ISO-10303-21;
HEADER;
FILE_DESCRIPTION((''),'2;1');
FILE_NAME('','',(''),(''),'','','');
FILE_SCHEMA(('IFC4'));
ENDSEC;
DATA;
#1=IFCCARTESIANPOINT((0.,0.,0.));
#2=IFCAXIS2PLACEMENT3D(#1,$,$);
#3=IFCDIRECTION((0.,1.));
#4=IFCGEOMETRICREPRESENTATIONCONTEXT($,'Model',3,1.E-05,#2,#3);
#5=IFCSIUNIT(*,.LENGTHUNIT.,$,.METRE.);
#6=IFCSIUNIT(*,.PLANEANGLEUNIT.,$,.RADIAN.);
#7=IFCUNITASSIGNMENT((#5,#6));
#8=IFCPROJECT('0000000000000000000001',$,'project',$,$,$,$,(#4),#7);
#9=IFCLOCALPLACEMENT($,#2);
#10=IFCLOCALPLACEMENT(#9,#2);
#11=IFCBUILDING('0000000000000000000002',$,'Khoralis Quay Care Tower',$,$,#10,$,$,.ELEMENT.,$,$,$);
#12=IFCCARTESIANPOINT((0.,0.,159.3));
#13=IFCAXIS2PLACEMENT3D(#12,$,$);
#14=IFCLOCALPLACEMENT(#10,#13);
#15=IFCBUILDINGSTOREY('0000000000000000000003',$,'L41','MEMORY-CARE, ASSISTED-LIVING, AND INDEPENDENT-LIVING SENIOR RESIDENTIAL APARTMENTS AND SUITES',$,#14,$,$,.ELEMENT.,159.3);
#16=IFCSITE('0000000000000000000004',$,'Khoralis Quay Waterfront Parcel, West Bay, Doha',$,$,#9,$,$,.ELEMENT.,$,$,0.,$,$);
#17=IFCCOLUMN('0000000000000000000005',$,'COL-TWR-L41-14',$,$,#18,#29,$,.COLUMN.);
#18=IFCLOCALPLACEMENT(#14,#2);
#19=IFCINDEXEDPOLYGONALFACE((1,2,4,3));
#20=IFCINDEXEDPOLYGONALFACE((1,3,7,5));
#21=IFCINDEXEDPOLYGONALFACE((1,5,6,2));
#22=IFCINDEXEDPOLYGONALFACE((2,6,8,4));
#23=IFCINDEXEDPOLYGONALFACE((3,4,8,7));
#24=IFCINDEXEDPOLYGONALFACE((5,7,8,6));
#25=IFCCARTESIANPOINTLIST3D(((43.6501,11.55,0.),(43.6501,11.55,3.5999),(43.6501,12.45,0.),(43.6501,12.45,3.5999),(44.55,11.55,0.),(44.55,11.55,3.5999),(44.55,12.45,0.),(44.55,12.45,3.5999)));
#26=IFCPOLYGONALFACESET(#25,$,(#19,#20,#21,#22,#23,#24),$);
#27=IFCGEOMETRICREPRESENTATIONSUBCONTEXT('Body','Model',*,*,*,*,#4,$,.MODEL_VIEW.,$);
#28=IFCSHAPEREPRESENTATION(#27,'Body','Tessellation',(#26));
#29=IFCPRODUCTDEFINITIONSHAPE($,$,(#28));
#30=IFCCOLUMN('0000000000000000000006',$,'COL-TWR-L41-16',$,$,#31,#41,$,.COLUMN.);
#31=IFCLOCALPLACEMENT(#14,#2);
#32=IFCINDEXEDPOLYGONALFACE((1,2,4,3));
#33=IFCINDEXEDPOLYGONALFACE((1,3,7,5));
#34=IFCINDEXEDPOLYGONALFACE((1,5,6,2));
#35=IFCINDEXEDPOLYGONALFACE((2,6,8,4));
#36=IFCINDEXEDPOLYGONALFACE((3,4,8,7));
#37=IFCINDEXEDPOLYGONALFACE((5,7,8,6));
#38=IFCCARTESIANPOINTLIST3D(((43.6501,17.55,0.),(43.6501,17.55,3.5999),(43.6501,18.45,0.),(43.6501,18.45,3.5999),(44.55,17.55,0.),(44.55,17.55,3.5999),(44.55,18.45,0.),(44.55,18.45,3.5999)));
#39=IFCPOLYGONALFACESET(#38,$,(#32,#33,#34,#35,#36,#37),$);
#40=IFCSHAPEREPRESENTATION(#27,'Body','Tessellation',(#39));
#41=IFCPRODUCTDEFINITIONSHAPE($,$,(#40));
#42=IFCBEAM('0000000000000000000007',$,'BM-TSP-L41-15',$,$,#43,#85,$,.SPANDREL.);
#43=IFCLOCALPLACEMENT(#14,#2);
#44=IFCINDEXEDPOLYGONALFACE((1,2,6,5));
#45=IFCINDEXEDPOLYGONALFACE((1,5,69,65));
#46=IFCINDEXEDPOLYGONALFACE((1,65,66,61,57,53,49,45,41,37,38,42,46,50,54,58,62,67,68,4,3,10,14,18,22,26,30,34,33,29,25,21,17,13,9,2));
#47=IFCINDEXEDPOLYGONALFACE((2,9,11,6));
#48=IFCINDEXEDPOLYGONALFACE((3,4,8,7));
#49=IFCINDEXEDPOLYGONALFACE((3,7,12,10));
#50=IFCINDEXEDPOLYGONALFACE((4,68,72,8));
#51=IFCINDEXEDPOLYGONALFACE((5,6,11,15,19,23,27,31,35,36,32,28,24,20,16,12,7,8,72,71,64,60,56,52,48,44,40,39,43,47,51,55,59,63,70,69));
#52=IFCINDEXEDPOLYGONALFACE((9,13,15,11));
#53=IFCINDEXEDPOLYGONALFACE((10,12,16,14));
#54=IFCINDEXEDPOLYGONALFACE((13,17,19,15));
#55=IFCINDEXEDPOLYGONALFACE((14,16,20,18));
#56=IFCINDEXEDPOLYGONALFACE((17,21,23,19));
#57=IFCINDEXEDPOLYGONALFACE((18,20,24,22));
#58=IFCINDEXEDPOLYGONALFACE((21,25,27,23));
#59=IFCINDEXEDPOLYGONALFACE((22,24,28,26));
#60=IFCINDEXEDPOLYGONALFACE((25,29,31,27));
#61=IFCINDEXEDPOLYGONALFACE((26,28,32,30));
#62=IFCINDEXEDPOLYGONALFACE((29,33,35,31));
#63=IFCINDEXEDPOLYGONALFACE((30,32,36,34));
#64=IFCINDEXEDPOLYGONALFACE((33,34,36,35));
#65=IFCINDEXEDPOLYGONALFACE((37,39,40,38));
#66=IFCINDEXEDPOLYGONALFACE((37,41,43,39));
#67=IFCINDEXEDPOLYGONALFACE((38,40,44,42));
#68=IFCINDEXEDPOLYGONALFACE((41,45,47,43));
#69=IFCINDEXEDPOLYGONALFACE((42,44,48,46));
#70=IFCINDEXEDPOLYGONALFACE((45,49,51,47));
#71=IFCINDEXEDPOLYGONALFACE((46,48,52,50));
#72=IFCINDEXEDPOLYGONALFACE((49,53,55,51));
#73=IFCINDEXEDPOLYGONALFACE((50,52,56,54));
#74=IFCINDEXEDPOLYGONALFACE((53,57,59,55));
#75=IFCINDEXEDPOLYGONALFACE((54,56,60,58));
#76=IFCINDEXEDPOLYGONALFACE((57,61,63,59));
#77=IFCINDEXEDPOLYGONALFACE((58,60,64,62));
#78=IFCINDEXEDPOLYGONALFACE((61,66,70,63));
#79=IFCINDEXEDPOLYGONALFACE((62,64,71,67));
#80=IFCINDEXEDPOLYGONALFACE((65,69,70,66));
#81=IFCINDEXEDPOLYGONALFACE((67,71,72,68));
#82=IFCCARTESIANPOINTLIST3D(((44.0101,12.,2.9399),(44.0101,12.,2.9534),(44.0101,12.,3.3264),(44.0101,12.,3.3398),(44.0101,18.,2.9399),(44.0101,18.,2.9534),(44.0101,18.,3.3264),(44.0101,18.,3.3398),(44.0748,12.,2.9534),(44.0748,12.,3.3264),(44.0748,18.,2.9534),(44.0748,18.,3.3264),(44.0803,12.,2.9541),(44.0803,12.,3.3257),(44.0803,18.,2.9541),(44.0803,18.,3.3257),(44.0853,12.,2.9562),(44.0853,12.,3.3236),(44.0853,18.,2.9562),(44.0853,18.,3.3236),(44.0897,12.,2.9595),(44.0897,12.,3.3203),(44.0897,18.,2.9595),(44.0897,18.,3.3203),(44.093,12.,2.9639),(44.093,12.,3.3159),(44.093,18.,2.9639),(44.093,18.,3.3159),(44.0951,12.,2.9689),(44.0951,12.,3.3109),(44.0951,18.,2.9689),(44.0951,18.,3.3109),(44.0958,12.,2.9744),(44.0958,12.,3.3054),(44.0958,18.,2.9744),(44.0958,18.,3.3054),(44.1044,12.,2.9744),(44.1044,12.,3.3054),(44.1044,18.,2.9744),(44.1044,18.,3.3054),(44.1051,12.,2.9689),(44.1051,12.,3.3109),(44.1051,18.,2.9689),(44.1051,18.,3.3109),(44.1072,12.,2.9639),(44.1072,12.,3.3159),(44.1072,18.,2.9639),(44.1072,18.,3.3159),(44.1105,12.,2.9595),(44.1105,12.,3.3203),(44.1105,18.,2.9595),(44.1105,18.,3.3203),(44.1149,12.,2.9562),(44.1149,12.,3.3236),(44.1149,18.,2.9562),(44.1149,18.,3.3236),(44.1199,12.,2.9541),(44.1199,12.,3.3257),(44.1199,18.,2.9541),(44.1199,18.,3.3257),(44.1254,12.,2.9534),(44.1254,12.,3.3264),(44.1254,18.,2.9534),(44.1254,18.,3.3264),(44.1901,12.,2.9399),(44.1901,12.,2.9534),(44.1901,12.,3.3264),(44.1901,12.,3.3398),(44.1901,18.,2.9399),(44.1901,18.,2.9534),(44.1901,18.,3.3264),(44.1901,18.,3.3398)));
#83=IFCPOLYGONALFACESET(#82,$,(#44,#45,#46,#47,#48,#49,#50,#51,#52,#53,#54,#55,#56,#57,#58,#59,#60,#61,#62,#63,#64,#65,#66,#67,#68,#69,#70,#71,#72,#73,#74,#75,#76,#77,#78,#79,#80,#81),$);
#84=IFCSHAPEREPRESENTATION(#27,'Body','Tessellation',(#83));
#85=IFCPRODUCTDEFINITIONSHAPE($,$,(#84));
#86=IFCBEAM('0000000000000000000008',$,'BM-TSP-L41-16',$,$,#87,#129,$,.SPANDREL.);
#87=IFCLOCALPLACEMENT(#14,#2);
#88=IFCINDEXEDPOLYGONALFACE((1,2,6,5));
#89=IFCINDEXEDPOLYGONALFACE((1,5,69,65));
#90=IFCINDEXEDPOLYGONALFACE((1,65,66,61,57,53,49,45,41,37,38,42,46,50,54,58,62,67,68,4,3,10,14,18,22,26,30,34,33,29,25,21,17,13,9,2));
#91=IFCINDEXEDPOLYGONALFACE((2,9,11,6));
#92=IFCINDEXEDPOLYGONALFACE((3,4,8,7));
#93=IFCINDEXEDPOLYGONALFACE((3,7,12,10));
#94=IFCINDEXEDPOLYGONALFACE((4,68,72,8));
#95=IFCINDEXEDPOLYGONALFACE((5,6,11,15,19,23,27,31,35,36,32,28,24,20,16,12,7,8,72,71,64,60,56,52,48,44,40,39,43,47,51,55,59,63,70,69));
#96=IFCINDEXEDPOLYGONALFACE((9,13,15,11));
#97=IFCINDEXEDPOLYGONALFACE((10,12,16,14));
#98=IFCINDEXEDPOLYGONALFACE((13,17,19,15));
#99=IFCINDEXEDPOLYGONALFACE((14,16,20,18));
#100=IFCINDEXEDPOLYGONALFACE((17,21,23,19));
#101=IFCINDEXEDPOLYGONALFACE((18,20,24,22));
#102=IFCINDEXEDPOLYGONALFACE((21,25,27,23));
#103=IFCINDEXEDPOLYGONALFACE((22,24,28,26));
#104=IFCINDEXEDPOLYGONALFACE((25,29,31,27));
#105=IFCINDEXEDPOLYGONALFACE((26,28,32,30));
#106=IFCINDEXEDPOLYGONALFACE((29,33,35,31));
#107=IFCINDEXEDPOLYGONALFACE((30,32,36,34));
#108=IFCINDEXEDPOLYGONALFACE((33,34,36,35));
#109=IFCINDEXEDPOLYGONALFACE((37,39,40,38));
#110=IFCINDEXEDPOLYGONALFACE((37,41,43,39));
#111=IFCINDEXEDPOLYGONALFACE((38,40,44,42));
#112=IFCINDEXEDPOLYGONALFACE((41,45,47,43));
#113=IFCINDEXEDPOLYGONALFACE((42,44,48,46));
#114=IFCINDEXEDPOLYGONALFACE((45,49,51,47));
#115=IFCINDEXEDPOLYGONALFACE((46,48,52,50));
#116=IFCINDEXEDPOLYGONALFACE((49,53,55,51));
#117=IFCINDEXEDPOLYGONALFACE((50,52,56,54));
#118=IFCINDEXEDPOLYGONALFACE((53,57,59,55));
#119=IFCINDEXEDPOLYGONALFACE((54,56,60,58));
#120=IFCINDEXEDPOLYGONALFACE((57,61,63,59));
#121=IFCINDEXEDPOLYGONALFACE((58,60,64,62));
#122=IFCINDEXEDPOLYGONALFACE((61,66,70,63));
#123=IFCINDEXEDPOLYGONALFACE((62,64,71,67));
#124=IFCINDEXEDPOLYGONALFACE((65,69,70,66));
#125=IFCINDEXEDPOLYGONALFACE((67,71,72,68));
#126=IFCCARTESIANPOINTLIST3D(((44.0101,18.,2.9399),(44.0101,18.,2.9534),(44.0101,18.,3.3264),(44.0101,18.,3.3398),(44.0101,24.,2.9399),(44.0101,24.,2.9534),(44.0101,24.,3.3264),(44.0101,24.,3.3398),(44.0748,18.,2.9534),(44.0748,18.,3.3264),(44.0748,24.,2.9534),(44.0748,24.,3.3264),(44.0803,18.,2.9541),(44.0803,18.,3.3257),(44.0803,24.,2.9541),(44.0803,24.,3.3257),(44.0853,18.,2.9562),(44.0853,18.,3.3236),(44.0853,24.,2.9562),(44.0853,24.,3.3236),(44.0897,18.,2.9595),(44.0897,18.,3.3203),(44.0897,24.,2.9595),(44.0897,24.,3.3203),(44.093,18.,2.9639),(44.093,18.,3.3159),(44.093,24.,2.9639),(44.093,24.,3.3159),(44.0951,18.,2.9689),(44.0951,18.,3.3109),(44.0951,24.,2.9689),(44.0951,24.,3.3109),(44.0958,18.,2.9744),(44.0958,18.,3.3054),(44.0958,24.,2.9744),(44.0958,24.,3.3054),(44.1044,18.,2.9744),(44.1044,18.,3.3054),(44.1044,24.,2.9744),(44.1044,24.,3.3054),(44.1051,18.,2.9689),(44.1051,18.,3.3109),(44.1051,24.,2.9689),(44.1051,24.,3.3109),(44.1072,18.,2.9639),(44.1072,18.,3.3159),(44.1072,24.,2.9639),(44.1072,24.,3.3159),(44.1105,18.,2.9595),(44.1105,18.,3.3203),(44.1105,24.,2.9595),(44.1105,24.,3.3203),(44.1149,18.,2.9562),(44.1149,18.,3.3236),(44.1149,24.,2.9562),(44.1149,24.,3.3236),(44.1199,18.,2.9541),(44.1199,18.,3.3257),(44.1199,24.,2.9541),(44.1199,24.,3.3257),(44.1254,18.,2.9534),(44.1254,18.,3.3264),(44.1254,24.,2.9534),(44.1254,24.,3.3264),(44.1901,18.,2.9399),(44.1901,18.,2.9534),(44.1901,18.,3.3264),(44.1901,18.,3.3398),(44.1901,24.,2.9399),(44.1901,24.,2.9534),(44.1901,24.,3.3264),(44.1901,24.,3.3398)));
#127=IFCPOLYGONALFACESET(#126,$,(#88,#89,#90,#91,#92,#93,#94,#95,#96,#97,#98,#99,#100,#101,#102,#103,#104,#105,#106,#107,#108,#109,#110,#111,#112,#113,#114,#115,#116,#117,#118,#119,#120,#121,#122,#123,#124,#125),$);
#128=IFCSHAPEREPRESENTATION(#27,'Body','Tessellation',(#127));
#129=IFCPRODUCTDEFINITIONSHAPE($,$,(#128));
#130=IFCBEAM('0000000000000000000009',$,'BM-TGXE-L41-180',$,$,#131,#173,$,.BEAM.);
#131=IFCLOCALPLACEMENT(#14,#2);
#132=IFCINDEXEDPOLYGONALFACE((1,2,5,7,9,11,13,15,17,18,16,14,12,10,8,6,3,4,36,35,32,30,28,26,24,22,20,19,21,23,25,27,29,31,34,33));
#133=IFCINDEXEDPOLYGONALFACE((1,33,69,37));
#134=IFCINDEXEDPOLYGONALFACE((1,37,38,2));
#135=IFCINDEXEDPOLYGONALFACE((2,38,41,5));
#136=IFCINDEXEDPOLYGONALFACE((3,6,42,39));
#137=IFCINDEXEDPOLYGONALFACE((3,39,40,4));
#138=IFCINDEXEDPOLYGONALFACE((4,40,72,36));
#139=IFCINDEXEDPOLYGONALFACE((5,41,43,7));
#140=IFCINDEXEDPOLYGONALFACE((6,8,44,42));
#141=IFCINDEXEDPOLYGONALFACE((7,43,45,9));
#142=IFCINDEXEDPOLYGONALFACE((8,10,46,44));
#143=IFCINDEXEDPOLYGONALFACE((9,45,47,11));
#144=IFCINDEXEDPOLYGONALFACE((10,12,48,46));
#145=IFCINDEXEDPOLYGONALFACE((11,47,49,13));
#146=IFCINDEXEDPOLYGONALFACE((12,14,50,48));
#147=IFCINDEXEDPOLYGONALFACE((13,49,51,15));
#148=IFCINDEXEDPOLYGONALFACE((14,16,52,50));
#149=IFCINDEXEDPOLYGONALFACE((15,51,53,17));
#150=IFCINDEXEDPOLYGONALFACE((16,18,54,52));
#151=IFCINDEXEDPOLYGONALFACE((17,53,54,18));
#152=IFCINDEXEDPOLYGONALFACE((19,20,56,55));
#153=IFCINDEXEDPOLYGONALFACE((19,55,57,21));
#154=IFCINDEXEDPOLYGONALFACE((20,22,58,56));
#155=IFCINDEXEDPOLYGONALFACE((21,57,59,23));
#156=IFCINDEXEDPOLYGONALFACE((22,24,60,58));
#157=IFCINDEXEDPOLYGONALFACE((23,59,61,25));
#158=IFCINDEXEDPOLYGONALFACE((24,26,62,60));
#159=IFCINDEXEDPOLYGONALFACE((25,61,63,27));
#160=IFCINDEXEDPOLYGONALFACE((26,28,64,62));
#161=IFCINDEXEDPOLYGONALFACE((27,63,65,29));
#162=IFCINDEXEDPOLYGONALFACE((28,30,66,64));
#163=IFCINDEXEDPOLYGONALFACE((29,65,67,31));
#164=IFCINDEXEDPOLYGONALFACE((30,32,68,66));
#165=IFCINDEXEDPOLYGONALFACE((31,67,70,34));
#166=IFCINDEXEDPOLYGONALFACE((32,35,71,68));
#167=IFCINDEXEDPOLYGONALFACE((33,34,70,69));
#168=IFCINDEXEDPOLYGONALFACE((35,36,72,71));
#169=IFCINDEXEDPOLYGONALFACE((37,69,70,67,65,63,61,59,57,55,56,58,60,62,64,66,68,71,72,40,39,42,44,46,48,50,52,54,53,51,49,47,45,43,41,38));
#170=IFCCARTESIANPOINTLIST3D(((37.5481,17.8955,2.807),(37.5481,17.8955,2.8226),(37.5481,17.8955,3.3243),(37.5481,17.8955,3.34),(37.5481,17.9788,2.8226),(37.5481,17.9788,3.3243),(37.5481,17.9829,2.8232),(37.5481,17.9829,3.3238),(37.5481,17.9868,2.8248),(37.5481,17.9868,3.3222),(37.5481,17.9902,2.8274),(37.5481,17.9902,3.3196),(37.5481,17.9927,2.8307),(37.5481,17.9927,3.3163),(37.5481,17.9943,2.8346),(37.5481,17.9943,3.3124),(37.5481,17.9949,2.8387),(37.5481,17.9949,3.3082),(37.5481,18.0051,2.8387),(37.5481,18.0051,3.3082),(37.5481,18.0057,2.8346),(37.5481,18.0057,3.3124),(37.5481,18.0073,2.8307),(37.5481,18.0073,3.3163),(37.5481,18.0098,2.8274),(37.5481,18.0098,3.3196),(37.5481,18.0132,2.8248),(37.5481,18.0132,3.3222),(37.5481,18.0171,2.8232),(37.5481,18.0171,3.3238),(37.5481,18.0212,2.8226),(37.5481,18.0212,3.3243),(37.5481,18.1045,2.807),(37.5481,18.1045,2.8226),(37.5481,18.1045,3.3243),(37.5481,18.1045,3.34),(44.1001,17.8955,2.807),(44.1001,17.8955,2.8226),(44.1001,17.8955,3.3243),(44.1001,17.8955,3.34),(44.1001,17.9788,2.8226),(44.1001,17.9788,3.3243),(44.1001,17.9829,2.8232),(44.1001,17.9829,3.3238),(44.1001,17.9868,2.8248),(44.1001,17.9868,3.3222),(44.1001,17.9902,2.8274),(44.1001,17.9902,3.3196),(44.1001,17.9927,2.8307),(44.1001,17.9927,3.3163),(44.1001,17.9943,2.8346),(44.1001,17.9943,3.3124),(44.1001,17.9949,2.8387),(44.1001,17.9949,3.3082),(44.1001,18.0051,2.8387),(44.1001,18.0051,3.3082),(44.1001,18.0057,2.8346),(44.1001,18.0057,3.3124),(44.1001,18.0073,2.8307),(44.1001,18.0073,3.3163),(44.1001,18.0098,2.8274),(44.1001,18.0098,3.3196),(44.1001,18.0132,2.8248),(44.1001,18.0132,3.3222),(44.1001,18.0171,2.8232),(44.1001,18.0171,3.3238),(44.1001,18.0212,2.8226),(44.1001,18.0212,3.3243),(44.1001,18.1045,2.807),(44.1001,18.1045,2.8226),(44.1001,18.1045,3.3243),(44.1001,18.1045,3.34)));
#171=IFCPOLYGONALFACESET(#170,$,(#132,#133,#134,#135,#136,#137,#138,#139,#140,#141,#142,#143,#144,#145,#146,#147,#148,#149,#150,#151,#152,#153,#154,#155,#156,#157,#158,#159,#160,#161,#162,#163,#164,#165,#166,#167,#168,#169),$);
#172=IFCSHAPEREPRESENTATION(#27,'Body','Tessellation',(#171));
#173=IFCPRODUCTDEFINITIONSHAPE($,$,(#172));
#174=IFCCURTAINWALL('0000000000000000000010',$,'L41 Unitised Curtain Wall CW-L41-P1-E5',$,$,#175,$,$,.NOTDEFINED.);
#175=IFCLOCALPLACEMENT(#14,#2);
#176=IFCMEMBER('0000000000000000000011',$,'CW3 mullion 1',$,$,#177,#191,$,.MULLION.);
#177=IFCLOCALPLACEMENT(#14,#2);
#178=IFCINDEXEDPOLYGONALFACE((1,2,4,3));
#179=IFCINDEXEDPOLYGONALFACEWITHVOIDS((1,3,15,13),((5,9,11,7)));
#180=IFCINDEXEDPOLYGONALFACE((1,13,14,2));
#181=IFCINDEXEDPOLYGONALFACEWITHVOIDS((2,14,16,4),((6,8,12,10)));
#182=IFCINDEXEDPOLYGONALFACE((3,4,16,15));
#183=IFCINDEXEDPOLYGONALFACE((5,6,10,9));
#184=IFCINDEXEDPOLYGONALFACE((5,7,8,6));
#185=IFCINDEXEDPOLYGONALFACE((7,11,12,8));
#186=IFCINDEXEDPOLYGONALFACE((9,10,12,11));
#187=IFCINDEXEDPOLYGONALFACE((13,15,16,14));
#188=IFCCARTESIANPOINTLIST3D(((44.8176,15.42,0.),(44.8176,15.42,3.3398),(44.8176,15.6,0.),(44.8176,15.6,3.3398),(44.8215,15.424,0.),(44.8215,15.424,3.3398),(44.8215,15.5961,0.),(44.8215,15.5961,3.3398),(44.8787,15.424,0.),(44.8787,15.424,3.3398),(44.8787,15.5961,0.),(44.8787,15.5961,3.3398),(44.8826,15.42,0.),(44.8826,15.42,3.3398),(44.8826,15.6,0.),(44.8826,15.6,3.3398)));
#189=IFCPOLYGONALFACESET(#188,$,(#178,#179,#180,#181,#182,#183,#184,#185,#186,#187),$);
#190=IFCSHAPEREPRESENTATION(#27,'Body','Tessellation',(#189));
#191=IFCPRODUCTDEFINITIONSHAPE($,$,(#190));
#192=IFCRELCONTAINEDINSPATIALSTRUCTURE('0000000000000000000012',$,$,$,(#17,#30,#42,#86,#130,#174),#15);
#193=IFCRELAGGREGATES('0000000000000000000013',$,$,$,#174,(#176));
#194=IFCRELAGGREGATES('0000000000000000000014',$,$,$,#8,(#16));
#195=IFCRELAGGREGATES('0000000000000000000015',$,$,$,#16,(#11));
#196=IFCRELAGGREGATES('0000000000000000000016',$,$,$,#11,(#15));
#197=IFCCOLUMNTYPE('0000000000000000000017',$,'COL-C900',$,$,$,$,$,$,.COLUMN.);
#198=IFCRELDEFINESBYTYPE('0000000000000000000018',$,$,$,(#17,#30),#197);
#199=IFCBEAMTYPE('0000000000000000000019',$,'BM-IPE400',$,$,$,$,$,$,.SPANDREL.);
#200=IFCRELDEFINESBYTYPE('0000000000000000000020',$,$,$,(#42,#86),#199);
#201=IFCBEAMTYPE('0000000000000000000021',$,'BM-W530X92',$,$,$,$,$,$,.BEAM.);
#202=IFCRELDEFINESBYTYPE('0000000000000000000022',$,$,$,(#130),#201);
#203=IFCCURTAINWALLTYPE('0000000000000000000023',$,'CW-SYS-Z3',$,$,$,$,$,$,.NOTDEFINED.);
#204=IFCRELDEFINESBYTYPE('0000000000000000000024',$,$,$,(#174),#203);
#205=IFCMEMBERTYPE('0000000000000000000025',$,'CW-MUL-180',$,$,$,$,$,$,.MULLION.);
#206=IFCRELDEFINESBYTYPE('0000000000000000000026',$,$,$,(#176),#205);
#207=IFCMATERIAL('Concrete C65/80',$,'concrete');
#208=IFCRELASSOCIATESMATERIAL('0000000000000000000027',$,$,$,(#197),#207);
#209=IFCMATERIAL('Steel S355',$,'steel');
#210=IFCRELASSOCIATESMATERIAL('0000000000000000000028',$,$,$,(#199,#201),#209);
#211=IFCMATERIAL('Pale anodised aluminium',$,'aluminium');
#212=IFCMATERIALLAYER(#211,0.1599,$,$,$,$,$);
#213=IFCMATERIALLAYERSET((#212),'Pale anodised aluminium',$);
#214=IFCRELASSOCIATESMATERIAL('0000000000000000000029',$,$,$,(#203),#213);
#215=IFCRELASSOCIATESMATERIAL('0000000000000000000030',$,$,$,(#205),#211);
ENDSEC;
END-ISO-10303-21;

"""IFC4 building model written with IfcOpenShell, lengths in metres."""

from ifc_helpers import new_model, si_unit, direction, frame, origin, origin_2d, place, context, subcontext, project, spatial, rectangle, hollow_rectangle, i_section, extrude, source, transform, mapped, material, layer, layer_set, material_profile, profile_set, type_object, element, aggregate, save


model = new_model("IFC4")

# Units and contexts
model_context = context("Model", 3, precision=1e-05, world=origin(), true_north=direction((0.0, 1.0)))
body_context = subcontext(model_context, "Body", "Model", "MODEL_VIEW")
ifc_project = project(units=[si_unit("LENGTHUNIT", "METRE"), si_unit("PLANEANGLEUNIT", "RADIAN")], contexts=[model_context])

# Site, building, storey
site_placement = place(None, origin())
site = spatial("IfcSite", under=ifc_project, at=site_placement, Name="Khoralis Quay Waterfront Parcel, West Bay, Doha", CompositionType="ELEMENT", RefElevation=0.0)
building_placement = place(site_placement, origin())
building = spatial("IfcBuilding", under=site, at=building_placement, Name="Khoralis Quay Care Tower", CompositionType="ELEMENT")
storey_placement = place(building_placement, frame((0.0, 0.0, 159.3)))
storey = spatial("IfcBuildingStorey", under=building, at=storey_placement, Name="L41", Description="MEMORY-CARE, ASSISTED-LIVING, AND INDEPENDENT-LIVING SENIOR RESIDENTIAL APARTMENTS AND SUITES", CompositionType="ELEMENT", Elevation=159.3)

# Columns
ifc_material_1 = material(Name="Concrete C65/80", Category="concrete")
ifc_material_profile_1 = material_profile(ifc_material_1, rectangle(XDim=0.8999, YDim=0.8999, at=origin_2d()), Name="Concrete C65/80")
ifc_profile_set_1 = profile_set([ifc_material_profile_1], Name="Concrete C65/80")
column_type = type_object("IfcColumnType", Name="COL-C900", PredefinedType="COLUMN", material=ifc_profile_set_1)
shared_shape_1 = source(origin(), body_context, "Body", "SweptSolid", [
    extrude(rectangle(XDim=0.8999, YDim=0.8999, at=origin_2d()), origin(), (0.0, 0.0, 1.0), 3.5999),
])
for number, where, z_axis, x_axis, name in (
    (1, (44.1001, 12.0, 0.0), (0.0, 0.0, 1.0), (1.0, 0.0, 0.0), "COL-TWR-L41-14"),
    (2, (44.1001, 18.0, 0.0), (0.0, 0.0, 1.0), (1.0, 0.0, 0.0), "COL-TWR-L41-16"),
):
    element("IfcColumn", number, at=place(storey_placement, frame(where, z_axis=z_axis, x_axis=x_axis)), inside=storey, type_object=column_type, Name=name, PredefinedType="COLUMN", context=body_context, shape_type="MappedRepresentation", body=[
        mapped(shared_shape_1, transform((0.0, 0.0, 0.0), scale=1.0)),
    ])

# Beams
ifc_material_2 = material(Name="Steel S355", Category="steel")
ifc_material_profile_2 = material_profile(ifc_material_2, i_section(OverallWidth=0.1799, OverallDepth=0.3999, WebThickness=0.0085, FlangeThickness=0.0134, FilletRadius=0.021, at=origin_2d()), Name="Steel S355")
ifc_profile_set_2 = profile_set([ifc_material_profile_2], Name="Steel S355")
beam_type_1 = type_object("IfcBeamType", Name="BM-IPE400", PredefinedType="SPANDREL", material=ifc_profile_set_2)
shared_shape_2 = source(origin(), body_context, "Body", "SweptSolid", [
    extrude(i_section(OverallWidth=0.1799, OverallDepth=0.3999, WebThickness=0.0085, FlangeThickness=0.0134, FilletRadius=0.021, at=origin_2d()), origin(), (0.0, 0.0, 1.0), 6.0),
])
for number, where, z_axis, x_axis, name in (
    (3, (44.1001, 12.0, 3.1399), (0.0, 1.0, 0.0), (-1.0, 0.0, 0.0), "BM-TSP-L41-15"),
    (4, (44.1001, 18.0, 3.1399), (0.0, 1.0, 0.0), (-1.0, 0.0, 0.0), "BM-TSP-L41-16"),
):
    element("IfcBeam", number, at=place(storey_placement, frame(where, z_axis=z_axis, x_axis=x_axis)), inside=storey, type_object=beam_type_1, Name=name, PredefinedType="SPANDREL", context=body_context, shape_type="MappedRepresentation", body=[
        mapped(shared_shape_2, transform((0.0, 0.0, 0.0), scale=1.0)),
    ])
ifc_material_profile_3 = material_profile(ifc_material_2, i_section(OverallWidth=0.209, OverallDepth=0.533, WebThickness=0.0103, FlangeThickness=0.0156, FilletRadius=0.0161, at=origin_2d()), Name="Steel S355")
ifc_profile_set_3 = profile_set([ifc_material_profile_3], Name="Steel S355")
beam_type_2 = type_object("IfcBeamType", Name="BM-W530X92", PredefinedType="BEAM", material=ifc_profile_set_3)
shared_shape_3 = source(origin(), body_context, "Body", "SweptSolid", [
    extrude(i_section(OverallWidth=0.209, OverallDepth=0.533, WebThickness=0.0103, FlangeThickness=0.0156, FilletRadius=0.0161, at=origin_2d()), origin(), (0.0, 0.0, 1.0), 6.552),
])
beam_placement = place(storey_placement, frame((37.5481, 18.0, 3.0735), z_axis=(1.0, 0.0, 0.0), x_axis=(0.0, 1.0, 0.0)))
element("IfcBeam", 5, at=beam_placement, inside=storey, type_object=beam_type_2, Name="BM-TGXE-L41-180", PredefinedType="BEAM", context=body_context, shape_type="MappedRepresentation", body=[
    mapped(shared_shape_3, transform((0.0, 0.0, 0.0), scale=1.0)),
])

# Curtain wall, member
ifc_material_3 = material(Name="Pale anodised aluminium", Category="aluminium")
ifc_layer_1 = layer(ifc_material_3, 0.1599)
ifc_layer_set_1 = layer_set([ifc_layer_1], Name="Pale anodised aluminium")
curtain_wall_type = type_object("IfcCurtainWallType", Name="CW-SYS-Z3", PredefinedType="NOTDEFINED", material=ifc_layer_set_1)
curtain_wall_placement = place(storey_placement, origin())
curtain_wall = element("IfcCurtainWall", 6, at=curtain_wall_placement, inside=storey, type_object=curtain_wall_type, Name="L41 Unitised Curtain Wall CW-L41-P1-E5", PredefinedType="NOTDEFINED")
ifc_material_profile_4 = material_profile(ifc_material_3, hollow_rectangle(XDim=0.0649, YDim=0.1799, WallThickness=0.0039, at=origin_2d()), Name="Pale anodised aluminium")
ifc_profile_set_4 = profile_set([ifc_material_profile_4], Name="Pale anodised aluminium")
member_type_1 = type_object("IfcMemberType", Name="CW-MUL-180", PredefinedType="MULLION", material=ifc_profile_set_4)
shared_shape_4 = source(origin(), body_context, "Body", "SweptSolid", [
    extrude(hollow_rectangle(XDim=0.0649, YDim=0.1799, WallThickness=0.0039, at=origin_2d()), origin(), (0.0, 0.0, 1.0), 3.3398),
])
member_1_placement = place(storey_placement, frame((44.8501, 15.51, 0.0), z_axis=(0.0, 0.0, 1.0), x_axis=(-1.0, 0.0, 0.0)))
member_1 = element("IfcMember", 7, at=member_1_placement, type_object=member_type_1, Name="CW3 mullion 1", PredefinedType="MULLION", context=body_context, shape_type="MappedRepresentation", body=[
    mapped(shared_shape_4, transform((0.0, 0.0, 0.0), scale=1.0)),
])
aggregate(curtain_wall, [member_1])

save(model, "model.ifc")
